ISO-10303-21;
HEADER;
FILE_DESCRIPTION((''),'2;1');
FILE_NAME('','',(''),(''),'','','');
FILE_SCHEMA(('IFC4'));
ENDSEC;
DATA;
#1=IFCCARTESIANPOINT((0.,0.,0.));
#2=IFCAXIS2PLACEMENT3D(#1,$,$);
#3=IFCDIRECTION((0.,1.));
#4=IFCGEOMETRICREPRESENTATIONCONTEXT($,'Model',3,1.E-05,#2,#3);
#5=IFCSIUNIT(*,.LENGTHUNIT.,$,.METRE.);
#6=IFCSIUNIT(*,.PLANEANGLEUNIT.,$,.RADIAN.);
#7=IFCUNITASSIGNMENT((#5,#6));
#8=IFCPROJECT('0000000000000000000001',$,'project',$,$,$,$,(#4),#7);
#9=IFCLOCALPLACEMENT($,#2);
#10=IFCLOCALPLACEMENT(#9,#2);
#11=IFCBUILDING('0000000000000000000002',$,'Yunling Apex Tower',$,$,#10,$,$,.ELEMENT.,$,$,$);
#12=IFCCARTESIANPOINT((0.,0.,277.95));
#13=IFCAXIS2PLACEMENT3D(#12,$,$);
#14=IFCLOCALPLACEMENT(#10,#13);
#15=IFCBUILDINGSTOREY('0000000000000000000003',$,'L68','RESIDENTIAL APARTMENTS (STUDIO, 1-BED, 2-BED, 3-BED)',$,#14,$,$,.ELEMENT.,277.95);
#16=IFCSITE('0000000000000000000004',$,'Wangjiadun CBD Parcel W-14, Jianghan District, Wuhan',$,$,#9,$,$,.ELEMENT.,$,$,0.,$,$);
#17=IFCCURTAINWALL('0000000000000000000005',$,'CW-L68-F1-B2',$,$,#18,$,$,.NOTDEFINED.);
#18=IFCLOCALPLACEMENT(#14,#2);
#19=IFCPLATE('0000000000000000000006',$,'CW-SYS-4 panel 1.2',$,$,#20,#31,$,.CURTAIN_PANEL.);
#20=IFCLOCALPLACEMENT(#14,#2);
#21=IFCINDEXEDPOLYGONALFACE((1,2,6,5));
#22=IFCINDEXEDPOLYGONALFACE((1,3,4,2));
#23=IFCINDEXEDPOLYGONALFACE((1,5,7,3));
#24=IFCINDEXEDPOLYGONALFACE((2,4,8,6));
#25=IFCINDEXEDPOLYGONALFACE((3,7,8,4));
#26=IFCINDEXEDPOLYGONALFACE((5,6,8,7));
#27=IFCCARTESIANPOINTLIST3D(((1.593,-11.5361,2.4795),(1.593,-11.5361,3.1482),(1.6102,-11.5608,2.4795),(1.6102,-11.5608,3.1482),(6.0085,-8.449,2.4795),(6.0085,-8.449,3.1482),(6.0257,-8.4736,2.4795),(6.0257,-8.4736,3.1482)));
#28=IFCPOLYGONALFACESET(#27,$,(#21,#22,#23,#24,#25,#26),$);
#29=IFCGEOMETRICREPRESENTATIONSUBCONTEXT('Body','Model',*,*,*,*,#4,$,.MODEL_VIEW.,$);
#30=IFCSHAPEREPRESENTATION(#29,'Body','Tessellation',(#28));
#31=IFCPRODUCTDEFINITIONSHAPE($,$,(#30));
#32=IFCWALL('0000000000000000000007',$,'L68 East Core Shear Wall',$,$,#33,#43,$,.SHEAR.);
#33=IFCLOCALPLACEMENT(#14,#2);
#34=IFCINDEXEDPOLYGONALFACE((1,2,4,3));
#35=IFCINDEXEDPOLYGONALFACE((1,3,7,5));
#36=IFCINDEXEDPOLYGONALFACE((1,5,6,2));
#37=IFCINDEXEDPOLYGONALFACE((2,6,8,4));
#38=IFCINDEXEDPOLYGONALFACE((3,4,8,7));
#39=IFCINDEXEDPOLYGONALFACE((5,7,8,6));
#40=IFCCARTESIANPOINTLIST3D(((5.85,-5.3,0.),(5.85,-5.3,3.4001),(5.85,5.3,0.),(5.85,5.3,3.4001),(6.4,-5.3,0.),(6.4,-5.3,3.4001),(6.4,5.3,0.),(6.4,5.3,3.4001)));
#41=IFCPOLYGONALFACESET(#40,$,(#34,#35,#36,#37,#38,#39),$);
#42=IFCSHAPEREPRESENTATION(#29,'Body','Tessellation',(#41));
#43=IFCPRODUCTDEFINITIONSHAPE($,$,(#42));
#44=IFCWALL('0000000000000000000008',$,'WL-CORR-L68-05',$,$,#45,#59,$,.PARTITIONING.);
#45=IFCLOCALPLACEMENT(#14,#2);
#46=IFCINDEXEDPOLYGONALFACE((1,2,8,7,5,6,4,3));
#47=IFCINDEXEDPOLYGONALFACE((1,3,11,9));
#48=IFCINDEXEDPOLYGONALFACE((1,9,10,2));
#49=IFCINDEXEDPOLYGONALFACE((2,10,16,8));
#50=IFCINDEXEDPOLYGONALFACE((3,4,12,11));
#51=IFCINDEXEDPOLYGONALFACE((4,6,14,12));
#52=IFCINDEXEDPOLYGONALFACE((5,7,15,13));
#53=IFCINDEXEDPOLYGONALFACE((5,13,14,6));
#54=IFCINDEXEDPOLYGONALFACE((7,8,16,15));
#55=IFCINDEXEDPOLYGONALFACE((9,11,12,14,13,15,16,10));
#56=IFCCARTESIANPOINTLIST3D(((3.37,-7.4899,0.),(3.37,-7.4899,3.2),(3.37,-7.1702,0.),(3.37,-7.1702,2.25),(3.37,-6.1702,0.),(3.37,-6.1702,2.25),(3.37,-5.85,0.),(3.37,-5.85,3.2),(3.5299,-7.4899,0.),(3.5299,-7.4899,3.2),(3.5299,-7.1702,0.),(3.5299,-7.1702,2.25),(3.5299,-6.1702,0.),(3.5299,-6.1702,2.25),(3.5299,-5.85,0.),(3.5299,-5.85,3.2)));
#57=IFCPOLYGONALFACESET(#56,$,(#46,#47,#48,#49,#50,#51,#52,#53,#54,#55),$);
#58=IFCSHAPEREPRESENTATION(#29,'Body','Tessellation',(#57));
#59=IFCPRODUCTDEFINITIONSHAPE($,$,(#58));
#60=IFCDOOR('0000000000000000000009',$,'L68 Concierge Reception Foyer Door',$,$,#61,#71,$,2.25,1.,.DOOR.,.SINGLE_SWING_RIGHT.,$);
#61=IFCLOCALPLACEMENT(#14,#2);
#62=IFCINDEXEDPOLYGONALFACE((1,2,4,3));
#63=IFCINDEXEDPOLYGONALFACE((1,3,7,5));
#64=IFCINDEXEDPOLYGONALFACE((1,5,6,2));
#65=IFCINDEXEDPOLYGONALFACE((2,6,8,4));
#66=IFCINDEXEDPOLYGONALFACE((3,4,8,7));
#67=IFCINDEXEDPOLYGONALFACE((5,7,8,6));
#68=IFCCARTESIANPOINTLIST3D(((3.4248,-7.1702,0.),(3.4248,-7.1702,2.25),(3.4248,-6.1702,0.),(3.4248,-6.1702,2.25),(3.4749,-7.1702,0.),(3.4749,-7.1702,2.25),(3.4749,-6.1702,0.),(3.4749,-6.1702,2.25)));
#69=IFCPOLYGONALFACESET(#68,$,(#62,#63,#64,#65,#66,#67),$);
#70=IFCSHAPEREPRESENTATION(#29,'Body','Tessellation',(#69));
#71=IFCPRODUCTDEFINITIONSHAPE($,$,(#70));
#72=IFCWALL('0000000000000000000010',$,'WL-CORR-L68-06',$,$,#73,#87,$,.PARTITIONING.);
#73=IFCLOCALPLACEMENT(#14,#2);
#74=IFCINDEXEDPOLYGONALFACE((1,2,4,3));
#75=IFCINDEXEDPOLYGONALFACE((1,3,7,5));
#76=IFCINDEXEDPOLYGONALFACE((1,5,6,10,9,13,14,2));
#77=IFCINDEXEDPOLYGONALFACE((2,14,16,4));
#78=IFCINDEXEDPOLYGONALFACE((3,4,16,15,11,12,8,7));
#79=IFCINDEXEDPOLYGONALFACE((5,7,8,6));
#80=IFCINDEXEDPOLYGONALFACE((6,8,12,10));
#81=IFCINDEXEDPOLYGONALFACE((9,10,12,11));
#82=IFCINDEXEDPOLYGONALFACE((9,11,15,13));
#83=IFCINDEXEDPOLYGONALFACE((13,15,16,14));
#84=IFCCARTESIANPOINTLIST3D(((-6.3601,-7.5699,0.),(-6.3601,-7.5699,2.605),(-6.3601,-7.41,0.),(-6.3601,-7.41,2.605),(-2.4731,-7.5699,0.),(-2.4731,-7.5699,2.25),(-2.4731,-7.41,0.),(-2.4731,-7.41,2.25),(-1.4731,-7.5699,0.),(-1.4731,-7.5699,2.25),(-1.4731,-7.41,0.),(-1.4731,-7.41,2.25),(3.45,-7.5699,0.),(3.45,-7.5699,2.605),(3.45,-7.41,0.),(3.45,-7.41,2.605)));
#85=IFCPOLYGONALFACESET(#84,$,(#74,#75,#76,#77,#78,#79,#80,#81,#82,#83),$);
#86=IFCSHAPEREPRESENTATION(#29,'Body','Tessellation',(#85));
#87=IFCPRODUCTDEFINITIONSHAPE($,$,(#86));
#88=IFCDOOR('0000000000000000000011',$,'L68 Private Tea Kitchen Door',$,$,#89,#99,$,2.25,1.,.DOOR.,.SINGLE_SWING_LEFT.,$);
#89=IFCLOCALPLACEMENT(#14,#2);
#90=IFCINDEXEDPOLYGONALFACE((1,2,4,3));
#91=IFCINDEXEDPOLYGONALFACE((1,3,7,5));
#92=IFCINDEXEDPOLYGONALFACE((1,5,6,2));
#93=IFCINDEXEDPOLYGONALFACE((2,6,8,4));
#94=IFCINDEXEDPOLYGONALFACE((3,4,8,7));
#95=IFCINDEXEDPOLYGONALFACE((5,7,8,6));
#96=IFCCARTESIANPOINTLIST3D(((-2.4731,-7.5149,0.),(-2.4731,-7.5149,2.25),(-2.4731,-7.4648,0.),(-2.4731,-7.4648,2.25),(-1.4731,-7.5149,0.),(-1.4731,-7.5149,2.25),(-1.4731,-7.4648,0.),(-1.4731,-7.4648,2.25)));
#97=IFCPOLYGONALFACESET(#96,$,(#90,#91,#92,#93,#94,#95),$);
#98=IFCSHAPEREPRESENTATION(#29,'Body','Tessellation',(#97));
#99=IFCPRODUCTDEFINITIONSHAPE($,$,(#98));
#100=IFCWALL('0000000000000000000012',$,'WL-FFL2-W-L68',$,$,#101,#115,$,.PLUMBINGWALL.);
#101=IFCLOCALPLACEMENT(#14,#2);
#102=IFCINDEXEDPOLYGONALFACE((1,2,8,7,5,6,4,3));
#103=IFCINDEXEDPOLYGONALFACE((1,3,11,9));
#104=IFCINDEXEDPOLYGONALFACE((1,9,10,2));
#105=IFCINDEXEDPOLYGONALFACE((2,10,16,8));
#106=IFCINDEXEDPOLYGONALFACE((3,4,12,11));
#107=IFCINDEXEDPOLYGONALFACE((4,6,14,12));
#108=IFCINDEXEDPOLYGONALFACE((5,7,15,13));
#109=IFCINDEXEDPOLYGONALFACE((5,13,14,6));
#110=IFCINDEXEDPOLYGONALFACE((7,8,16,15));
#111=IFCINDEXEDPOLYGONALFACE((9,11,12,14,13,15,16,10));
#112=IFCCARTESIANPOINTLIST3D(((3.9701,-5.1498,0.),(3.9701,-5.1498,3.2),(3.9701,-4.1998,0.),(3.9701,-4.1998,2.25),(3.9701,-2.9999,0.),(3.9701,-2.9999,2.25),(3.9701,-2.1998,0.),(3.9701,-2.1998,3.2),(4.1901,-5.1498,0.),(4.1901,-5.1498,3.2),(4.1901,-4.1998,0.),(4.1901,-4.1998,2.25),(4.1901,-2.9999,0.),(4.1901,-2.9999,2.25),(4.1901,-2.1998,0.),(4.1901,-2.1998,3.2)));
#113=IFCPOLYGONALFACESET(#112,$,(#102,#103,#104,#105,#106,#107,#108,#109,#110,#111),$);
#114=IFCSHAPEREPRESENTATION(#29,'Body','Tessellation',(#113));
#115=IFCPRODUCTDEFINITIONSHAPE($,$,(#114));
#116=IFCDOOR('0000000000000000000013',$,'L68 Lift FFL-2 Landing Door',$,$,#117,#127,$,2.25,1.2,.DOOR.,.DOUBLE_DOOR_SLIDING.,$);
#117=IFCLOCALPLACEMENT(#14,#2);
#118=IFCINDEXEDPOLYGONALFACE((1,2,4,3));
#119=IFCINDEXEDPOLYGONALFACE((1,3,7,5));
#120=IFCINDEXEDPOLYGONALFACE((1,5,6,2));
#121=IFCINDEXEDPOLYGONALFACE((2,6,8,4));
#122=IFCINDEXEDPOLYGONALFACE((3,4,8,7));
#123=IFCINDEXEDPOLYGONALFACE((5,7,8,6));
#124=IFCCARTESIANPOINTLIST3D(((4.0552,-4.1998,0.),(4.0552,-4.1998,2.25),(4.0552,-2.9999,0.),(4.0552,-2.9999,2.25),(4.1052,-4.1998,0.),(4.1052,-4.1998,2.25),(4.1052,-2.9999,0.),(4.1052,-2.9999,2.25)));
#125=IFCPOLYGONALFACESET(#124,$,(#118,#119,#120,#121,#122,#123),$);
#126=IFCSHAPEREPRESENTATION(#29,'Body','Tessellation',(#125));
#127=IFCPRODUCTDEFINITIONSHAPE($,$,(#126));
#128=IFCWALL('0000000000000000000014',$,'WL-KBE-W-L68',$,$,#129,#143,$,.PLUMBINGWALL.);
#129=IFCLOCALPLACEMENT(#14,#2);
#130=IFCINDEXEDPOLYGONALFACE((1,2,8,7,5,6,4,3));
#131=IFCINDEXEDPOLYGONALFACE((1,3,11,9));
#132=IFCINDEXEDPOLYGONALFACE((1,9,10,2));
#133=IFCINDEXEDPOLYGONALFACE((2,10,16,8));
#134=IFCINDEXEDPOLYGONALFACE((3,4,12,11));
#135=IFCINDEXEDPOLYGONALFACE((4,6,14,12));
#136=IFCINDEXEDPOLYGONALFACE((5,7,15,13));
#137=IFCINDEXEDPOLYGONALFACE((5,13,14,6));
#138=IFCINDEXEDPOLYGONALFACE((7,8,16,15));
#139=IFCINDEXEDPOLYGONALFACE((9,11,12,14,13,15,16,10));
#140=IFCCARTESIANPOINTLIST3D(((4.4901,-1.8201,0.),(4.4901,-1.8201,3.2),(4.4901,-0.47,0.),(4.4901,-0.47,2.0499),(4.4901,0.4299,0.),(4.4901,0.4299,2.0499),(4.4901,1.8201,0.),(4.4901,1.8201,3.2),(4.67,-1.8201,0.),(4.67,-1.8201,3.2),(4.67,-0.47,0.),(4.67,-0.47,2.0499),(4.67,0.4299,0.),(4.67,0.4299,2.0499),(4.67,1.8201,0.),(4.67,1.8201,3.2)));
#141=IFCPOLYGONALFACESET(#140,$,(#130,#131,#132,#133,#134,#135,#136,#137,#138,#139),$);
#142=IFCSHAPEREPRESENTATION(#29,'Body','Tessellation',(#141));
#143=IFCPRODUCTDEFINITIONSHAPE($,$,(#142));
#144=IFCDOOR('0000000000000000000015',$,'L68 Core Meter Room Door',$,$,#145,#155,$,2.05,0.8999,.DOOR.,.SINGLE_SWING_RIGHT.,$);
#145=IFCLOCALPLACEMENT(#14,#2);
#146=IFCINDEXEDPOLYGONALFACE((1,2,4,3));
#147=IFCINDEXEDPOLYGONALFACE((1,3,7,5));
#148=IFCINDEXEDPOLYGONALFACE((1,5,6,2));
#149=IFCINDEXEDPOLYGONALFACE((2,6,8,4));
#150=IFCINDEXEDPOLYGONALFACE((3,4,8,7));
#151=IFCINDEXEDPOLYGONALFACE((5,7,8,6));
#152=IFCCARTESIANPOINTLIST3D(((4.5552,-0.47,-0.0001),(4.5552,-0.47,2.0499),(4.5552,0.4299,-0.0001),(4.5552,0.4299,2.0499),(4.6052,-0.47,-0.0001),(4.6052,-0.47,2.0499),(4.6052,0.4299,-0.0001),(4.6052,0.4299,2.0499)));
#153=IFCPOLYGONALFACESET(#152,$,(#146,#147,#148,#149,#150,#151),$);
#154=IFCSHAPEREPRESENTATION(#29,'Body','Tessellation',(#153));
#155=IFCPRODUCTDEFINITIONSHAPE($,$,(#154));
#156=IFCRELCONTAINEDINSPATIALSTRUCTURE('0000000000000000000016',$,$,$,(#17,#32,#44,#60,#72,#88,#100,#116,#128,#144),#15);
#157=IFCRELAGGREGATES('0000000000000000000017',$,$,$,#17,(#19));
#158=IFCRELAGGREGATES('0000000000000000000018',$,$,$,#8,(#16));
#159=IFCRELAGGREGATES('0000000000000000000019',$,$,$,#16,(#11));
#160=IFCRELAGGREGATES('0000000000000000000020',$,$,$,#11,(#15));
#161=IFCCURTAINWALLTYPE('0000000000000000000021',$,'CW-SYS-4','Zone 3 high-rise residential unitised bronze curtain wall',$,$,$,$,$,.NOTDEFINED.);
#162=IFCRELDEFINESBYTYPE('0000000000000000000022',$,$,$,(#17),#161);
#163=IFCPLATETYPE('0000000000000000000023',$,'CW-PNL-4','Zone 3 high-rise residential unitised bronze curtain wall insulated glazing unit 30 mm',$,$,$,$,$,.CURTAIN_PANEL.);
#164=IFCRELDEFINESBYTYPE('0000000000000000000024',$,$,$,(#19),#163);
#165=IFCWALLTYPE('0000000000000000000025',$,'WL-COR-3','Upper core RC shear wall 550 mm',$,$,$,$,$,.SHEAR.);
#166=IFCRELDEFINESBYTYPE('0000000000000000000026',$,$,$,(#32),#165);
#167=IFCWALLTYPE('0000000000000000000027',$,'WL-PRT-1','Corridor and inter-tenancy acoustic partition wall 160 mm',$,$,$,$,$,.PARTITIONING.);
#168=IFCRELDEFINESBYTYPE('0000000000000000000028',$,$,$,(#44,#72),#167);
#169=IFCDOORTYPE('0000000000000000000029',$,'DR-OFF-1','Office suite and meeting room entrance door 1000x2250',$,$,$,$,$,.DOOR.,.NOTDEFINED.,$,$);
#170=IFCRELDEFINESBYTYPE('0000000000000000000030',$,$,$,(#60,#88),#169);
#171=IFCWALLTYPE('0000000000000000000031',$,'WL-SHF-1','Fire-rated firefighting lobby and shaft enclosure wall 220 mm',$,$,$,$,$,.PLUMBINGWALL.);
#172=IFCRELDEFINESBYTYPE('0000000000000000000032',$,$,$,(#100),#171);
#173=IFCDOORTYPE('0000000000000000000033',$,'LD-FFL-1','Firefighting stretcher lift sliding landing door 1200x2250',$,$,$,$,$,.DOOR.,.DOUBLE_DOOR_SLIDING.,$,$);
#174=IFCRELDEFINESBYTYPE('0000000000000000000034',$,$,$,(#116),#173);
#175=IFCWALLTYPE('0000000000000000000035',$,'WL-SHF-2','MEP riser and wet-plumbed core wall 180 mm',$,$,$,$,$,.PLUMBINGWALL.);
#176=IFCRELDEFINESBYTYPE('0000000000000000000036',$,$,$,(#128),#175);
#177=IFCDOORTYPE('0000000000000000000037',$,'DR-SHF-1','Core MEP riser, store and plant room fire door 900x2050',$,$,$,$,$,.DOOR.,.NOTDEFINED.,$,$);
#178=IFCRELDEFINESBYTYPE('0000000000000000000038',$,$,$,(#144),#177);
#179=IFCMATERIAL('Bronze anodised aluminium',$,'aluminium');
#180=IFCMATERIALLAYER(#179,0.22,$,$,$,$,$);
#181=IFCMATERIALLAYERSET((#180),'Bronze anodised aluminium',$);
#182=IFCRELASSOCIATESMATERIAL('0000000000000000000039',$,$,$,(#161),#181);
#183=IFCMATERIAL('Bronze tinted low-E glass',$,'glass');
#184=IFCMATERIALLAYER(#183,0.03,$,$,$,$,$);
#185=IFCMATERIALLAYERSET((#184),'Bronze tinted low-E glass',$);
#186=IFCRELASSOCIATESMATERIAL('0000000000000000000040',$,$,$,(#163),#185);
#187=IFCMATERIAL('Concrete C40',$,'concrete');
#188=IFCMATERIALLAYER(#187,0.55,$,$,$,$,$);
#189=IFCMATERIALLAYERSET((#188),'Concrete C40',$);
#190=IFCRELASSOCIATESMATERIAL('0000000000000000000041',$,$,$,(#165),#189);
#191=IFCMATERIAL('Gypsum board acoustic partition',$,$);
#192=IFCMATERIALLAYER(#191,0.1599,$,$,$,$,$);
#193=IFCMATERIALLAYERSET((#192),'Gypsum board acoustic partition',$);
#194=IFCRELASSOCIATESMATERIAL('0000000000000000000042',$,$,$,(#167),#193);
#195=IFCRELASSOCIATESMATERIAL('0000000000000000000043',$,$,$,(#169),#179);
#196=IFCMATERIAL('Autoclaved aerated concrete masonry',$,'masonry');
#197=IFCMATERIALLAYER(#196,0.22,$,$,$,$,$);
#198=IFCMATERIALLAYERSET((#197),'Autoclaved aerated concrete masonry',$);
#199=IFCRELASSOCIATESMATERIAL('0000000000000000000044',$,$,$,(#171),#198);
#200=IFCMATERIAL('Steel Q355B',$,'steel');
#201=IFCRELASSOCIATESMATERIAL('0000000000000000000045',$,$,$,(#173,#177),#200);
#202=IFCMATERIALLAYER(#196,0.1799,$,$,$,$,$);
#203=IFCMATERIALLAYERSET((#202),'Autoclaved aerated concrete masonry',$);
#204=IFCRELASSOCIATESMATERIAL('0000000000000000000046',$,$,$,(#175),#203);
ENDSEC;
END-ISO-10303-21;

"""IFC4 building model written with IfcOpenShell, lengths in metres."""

from ifc_helpers import new_model, si_unit, direction, frame, frame_2d, origin, origin_2d, place, context, subcontext, project, spatial, rectangle, extrude, source, transform, mapped, material, layer, layer_set, type_object, element, fill, aggregate, save


model = new_model("IFC4")

# Units and contexts
model_context = context("Model", 3, precision=1e-05, world=origin(), true_north=direction((0.0, 1.0)))
body_context = subcontext(model_context, "Body", "Model", "MODEL_VIEW")
ifc_project = project(units=[si_unit("LENGTHUNIT", "METRE"), si_unit("PLANEANGLEUNIT", "RADIAN")], contexts=[model_context])

# Site, building, storey
site_placement = place(None, origin())
site = spatial("IfcSite", under=ifc_project, at=site_placement, Name="Wangjiadun CBD Parcel W-14, Jianghan District, Wuhan", CompositionType="ELEMENT", RefElevation=0.0)
building_placement = place(site_placement, origin())
building = spatial("IfcBuilding", under=site, at=building_placement, Name="Yunling Apex Tower", CompositionType="ELEMENT")
storey_placement = place(building_placement, frame((0.0, 0.0, 277.95)))
storey = spatial("IfcBuildingStorey", under=building, at=storey_placement, Name="L68", Description="RESIDENTIAL APARTMENTS (STUDIO, 1-BED, 2-BED, 3-BED)", CompositionType="ELEMENT", Elevation=277.95)

# Shared definitions
ifc_material_1 = material(Name="Steel Q355B", Category="steel")

# Curtain wall
ifc_material_2 = material(Name="Bronze anodised aluminium", Category="aluminium")
ifc_layer_1 = layer(ifc_material_2, 0.22)
ifc_layer_set_1 = layer_set([ifc_layer_1], Name="Bronze anodised aluminium")
curtain_wall_type = type_object("IfcCurtainWallType", Name="CW-SYS-4", Description="Zone 3 high-rise residential unitised bronze curtain wall", PredefinedType="NOTDEFINED", material=ifc_layer_set_1)
curtain_wall_1_placement = place(storey_placement, origin())
curtain_wall_1 = element("IfcCurtainWall", 1, at=curtain_wall_1_placement, inside=storey, type_object=curtain_wall_type, Name="CW-L68-F1-B2", PredefinedType="NOTDEFINED")

# Plate
ifc_material_3 = material(Name="Bronze tinted low-E glass", Category="glass")
ifc_layer_2 = layer(ifc_material_3, 0.03)
ifc_layer_set_2 = layer_set([ifc_layer_2], Name="Bronze tinted low-E glass")
plate_type_1 = type_object("IfcPlateType", Name="CW-PNL-4", Description="Zone 3 high-rise residential unitised bronze curtain wall insulated glazing unit 30 mm", PredefinedType="CURTAIN_PANEL", material=ifc_layer_set_2)
shared_shape_1 = source(origin(), body_context, "Body", "SweptSolid", [
    extrude(rectangle(XDim=5.3877, YDim=0.03, at=origin_2d()), origin(), (0.0, 0.0, 1.0), 0.6687),
])
plate_1_placement = place(storey_placement, frame((3.8093, -10.0049, 2.4795), z_axis=(0.0, 0.0, 1.0), x_axis=(0.819556, 0.572999, 0.0)))
plate_1 = element("IfcPlate", 2, at=plate_1_placement, type_object=plate_type_1, Name="CW-SYS-4 panel 1.2", PredefinedType="CURTAIN_PANEL", context=body_context, shape_type="MappedRepresentation", body=[
    mapped(shared_shape_1, transform((0.0, 0.0, 0.0), scale=1.0)),
])
aggregate(curtain_wall_1, [plate_1])

# Wall
ifc_material_4 = material(Name="Concrete C40", Category="concrete")
ifc_layer_3 = layer(ifc_material_4, 0.55)
ifc_layer_set_3 = layer_set([ifc_layer_3], Name="Concrete C40")
wall_type_1 = type_object("IfcWallType", Name="WL-COR-3", Description="Upper core RC shear wall 550 mm", PredefinedType="SHEAR", material=ifc_layer_set_3)
wall_1_placement = place(storey_placement, frame((6.125, -5.3, 0.0), z_axis=(0.0, 0.0, 1.0), x_axis=(0.0, 1.0, 0.0)))
element("IfcWall", 3, at=wall_1_placement, inside=storey, type_object=wall_type_1, Name="L68 East Core Shear Wall", PredefinedType="SHEAR", context=body_context, shape_type="SweptSolid", body=[
    extrude(rectangle(XDim=10.6001, YDim=0.55, at=frame_2d((5.3, 0.0))), origin(), (0.0, 0.0, 1.0), 3.4001),
])

# Walls, openings, doors
ifc_material_5 = material(Name="Gypsum board acoustic partition")
ifc_layer_4 = layer(ifc_material_5, 0.1599)
ifc_layer_set_4 = layer_set([ifc_layer_4], Name="Gypsum board acoustic partition")
wall_type_2 = type_object("IfcWallType", Name="WL-PRT-1", Description="Corridor and inter-tenancy acoustic partition wall 160 mm", PredefinedType="PARTITIONING", material=ifc_layer_set_4)
wall_2_placement = place(storey_placement, frame((3.45, -5.8501, 0.0), z_axis=(0.0, 0.0, 1.0), x_axis=(0.0, -1.0, 0.0)))
wall_2 = element("IfcWall", 4, at=wall_2_placement, inside=storey, type_object=wall_type_2, Name="WL-CORR-L68-05", PredefinedType="PARTITIONING", context=body_context, shape_type="SweptSolid", body=[
    extrude(rectangle(XDim=1.6399, YDim=0.1599, at=frame_2d((0.8198, 0.0))), origin(), (0.0, 0.0, 1.0), 3.2),
])
opening_1_placement = place(wall_2_placement, frame((0.3201, 0.0, 0.0)))
opening_1 = element("IfcOpeningElement", 5, at=opening_1_placement, cuts=wall_2, PredefinedType="OPENING", context=body_context, shape_type="SweptSolid", body=[
    extrude(rectangle(XDim=1.0, YDim=2.25, at=frame_2d((0.5, 1.125))), frame((0.0, 0.0898, 0.0), z_axis=(0.0, -1.0, 0.0), x_axis=(1.0, 0.0, 0.0)), (0.0, 0.0, 1.0), 0.1799),
])
door_type_1 = type_object("IfcDoorType", Name="DR-OFF-1", Description="Office suite and meeting room entrance door 1000x2250", OperationType="NOTDEFINED", PredefinedType="DOOR", material=ifc_material_2)
door_1_placement = place(opening_1_placement, origin())
door_1 = element("IfcDoor", 6, at=door_1_placement, inside=storey, type_object=door_type_1, Name="L68 Concierge Reception Foyer Door", OperationType="SINGLE_SWING_RIGHT", OverallHeight=2.25, OverallWidth=1.0, PredefinedType="DOOR", context=body_context, shape_type="SweptSolid", body=[
    extrude(rectangle(XDim=1.0, YDim=2.25, at=frame_2d((0.5, 1.125))), frame((0.0, 0.0249, 0.0), z_axis=(0.0, -1.0, 0.0), x_axis=(1.0, 0.0, 0.0)), (0.0, 0.0, 1.0), 0.05),
])
fill(opening_1, door_1)
wall_3_placement = place(storey_placement, frame((3.45, -7.49, 0.0), z_axis=(0.0, 0.0, 1.0), x_axis=(-1.0, 0.0, 0.0)))
wall_3 = element("IfcWall", 7, at=wall_3_placement, inside=storey, type_object=wall_type_2, Name="WL-CORR-L68-06", PredefinedType="PARTITIONING", context=body_context, shape_type="SweptSolid", body=[
    extrude(rectangle(XDim=9.8101, YDim=0.1599, at=frame_2d((4.905, 0.0))), origin(), (0.0, 0.0, 1.0), 2.605),
])
opening_2_placement = place(wall_3_placement, frame((4.9231, 0.0, 0.0)))
opening_2 = element("IfcOpeningElement", 8, at=opening_2_placement, cuts=wall_3, PredefinedType="OPENING", context=body_context, shape_type="SweptSolid", body=[
    extrude(rectangle(XDim=1.0, YDim=2.25, at=frame_2d((0.5, 1.125))), frame((0.0, 0.0898, 0.0), z_axis=(0.0, -1.0, 0.0), x_axis=(1.0, 0.0, 0.0)), (0.0, 0.0, 1.0), 0.1799),
])
door_2_placement = place(opening_2_placement, origin())
door_2 = element("IfcDoor", 9, at=door_2_placement, inside=storey, type_object=door_type_1, Name="L68 Private Tea Kitchen Door", OperationType="SINGLE_SWING_LEFT", OverallHeight=2.25, OverallWidth=1.0, PredefinedType="DOOR", context=body_context, shape_type="SweptSolid", body=[
    extrude(rectangle(XDim=1.0, YDim=2.25, at=frame_2d((0.5, 1.125))), frame((0.0, 0.0249, 0.0), z_axis=(0.0, -1.0, 0.0), x_axis=(1.0, 0.0, 0.0)), (0.0, 0.0, 1.0), 0.05),
])
fill(opening_2, door_2)
ifc_material_6 = material(Name="Autoclaved aerated concrete masonry", Category="masonry")
ifc_layer_5 = layer(ifc_material_6, 0.22)
ifc_layer_set_5 = layer_set([ifc_layer_5], Name="Autoclaved aerated concrete masonry")
wall_type_3 = type_object("IfcWallType", Name="WL-SHF-1", Description="Fire-rated firefighting lobby and shaft enclosure wall 220 mm", PredefinedType="PLUMBINGWALL", material=ifc_layer_set_5)
wall_4_placement = place(storey_placement, frame((4.0801, -5.1499, 0.0), z_axis=(0.0, 0.0, 1.0), x_axis=(0.0, 1.0, 0.0)))
wall_4 = element("IfcWall", 10, at=wall_4_placement, inside=storey, type_object=wall_type_3, Name="WL-FFL2-W-L68", PredefinedType="PLUMBINGWALL", context=body_context, shape_type="SweptSolid", body=[
    extrude(rectangle(XDim=2.95, YDim=0.22, at=frame_2d((1.4751, 0.0))), origin(), (0.0, 0.0, 1.0), 3.2),
])
opening_3_placement = place(wall_4_placement, frame((0.95, 0.0, 0.0)))
opening_3 = element("IfcOpeningElement", 11, at=opening_3_placement, cuts=wall_4, PredefinedType="OPENING", context=body_context, shape_type="SweptSolid", body=[
    extrude(rectangle(XDim=1.2, YDim=2.25, at=frame_2d((0.6001, 1.125))), frame((0.0, 0.1201, 0.0), z_axis=(0.0, -1.0, 0.0), x_axis=(1.0, 0.0, 0.0)), (0.0, 0.0, 1.0), 0.24),
])
door_type_2 = type_object("IfcDoorType", Name="LD-FFL-1", Description="Firefighting stretcher lift sliding landing door 1200x2250", OperationType="DOUBLE_DOOR_SLIDING", PredefinedType="DOOR", material=ifc_material_1)
door_3_placement = place(opening_3_placement, origin())
door_3 = element("IfcDoor", 12, at=door_3_placement, inside=storey, type_object=door_type_2, Name="L68 Lift FFL-2 Landing Door", OperationType="DOUBLE_DOOR_SLIDING", OverallHeight=2.25, OverallWidth=1.2, PredefinedType="DOOR", context=body_context, shape_type="SweptSolid", body=[
    extrude(rectangle(XDim=1.2, YDim=2.25, at=frame_2d((0.6001, 1.125))), frame((0.0, 0.0249, 0.0), z_axis=(0.0, -1.0, 0.0), x_axis=(1.0, 0.0, 0.0)), (0.0, 0.0, 1.0), 0.05),
])
fill(opening_3, door_3)
ifc_layer_6 = layer(ifc_material_6, 0.1799)
ifc_layer_set_6 = layer_set([ifc_layer_6], Name="Autoclaved aerated concrete masonry")
wall_type_4 = type_object("IfcWallType", Name="WL-SHF-2", Description="MEP riser and wet-plumbed core wall 180 mm", PredefinedType="PLUMBINGWALL", material=ifc_layer_set_6)
wall_5_placement = place(storey_placement, frame((4.5801, -1.8201, 0.0), z_axis=(0.0, 0.0, 1.0), x_axis=(0.0, 1.0, 0.0)))
wall_5 = element("IfcWall", 13, at=wall_5_placement, inside=storey, type_object=wall_type_4, Name="WL-KBE-W-L68", PredefinedType="PLUMBINGWALL", context=body_context, shape_type="SweptSolid", body=[
    extrude(rectangle(XDim=3.6401, YDim=0.1799, at=frame_2d((1.8201, 0.0))), origin(), (0.0, 0.0, 1.0), 3.2),
])
opening_4_placement = place(wall_5_placement, frame((1.3501, 0.0, 0.0)))
opening_4 = element("IfcOpeningElement", 14, at=opening_4_placement, cuts=wall_5, PredefinedType="OPENING", context=body_context, shape_type="SweptSolid", body=[
    extrude(rectangle(XDim=0.8999, YDim=2.05, at=frame_2d((0.45, 1.0249))), frame((0.0, 0.1001, 0.0), z_axis=(0.0, -1.0, 0.0), x_axis=(1.0, 0.0, 0.0)), (0.0, 0.0, 1.0), 0.2),
])
door_type_3 = type_object("IfcDoorType", Name="DR-SHF-1", Description="Core MEP riser, store and plant room fire door 900x2050", OperationType="NOTDEFINED", PredefinedType="DOOR", material=ifc_material_1)
door_4_placement = place(opening_4_placement, origin())
door_4 = element("IfcDoor", 15, at=door_4_placement, inside=storey, type_object=door_type_3, Name="L68 Core Meter Room Door", OperationType="SINGLE_SWING_RIGHT", OverallHeight=2.05, OverallWidth=0.8999, PredefinedType="DOOR", context=body_context, shape_type="SweptSolid", body=[
    extrude(rectangle(XDim=0.8999, YDim=2.05, at=frame_2d((0.45, 1.0249))), frame((0.0, 0.0249, 0.0), z_axis=(0.0, -1.0, 0.0), x_axis=(1.0, 0.0, 0.0)), (0.0, 0.0, 1.0), 0.05),
])
fill(opening_4, door_4)

save(model, "model.ifc")
